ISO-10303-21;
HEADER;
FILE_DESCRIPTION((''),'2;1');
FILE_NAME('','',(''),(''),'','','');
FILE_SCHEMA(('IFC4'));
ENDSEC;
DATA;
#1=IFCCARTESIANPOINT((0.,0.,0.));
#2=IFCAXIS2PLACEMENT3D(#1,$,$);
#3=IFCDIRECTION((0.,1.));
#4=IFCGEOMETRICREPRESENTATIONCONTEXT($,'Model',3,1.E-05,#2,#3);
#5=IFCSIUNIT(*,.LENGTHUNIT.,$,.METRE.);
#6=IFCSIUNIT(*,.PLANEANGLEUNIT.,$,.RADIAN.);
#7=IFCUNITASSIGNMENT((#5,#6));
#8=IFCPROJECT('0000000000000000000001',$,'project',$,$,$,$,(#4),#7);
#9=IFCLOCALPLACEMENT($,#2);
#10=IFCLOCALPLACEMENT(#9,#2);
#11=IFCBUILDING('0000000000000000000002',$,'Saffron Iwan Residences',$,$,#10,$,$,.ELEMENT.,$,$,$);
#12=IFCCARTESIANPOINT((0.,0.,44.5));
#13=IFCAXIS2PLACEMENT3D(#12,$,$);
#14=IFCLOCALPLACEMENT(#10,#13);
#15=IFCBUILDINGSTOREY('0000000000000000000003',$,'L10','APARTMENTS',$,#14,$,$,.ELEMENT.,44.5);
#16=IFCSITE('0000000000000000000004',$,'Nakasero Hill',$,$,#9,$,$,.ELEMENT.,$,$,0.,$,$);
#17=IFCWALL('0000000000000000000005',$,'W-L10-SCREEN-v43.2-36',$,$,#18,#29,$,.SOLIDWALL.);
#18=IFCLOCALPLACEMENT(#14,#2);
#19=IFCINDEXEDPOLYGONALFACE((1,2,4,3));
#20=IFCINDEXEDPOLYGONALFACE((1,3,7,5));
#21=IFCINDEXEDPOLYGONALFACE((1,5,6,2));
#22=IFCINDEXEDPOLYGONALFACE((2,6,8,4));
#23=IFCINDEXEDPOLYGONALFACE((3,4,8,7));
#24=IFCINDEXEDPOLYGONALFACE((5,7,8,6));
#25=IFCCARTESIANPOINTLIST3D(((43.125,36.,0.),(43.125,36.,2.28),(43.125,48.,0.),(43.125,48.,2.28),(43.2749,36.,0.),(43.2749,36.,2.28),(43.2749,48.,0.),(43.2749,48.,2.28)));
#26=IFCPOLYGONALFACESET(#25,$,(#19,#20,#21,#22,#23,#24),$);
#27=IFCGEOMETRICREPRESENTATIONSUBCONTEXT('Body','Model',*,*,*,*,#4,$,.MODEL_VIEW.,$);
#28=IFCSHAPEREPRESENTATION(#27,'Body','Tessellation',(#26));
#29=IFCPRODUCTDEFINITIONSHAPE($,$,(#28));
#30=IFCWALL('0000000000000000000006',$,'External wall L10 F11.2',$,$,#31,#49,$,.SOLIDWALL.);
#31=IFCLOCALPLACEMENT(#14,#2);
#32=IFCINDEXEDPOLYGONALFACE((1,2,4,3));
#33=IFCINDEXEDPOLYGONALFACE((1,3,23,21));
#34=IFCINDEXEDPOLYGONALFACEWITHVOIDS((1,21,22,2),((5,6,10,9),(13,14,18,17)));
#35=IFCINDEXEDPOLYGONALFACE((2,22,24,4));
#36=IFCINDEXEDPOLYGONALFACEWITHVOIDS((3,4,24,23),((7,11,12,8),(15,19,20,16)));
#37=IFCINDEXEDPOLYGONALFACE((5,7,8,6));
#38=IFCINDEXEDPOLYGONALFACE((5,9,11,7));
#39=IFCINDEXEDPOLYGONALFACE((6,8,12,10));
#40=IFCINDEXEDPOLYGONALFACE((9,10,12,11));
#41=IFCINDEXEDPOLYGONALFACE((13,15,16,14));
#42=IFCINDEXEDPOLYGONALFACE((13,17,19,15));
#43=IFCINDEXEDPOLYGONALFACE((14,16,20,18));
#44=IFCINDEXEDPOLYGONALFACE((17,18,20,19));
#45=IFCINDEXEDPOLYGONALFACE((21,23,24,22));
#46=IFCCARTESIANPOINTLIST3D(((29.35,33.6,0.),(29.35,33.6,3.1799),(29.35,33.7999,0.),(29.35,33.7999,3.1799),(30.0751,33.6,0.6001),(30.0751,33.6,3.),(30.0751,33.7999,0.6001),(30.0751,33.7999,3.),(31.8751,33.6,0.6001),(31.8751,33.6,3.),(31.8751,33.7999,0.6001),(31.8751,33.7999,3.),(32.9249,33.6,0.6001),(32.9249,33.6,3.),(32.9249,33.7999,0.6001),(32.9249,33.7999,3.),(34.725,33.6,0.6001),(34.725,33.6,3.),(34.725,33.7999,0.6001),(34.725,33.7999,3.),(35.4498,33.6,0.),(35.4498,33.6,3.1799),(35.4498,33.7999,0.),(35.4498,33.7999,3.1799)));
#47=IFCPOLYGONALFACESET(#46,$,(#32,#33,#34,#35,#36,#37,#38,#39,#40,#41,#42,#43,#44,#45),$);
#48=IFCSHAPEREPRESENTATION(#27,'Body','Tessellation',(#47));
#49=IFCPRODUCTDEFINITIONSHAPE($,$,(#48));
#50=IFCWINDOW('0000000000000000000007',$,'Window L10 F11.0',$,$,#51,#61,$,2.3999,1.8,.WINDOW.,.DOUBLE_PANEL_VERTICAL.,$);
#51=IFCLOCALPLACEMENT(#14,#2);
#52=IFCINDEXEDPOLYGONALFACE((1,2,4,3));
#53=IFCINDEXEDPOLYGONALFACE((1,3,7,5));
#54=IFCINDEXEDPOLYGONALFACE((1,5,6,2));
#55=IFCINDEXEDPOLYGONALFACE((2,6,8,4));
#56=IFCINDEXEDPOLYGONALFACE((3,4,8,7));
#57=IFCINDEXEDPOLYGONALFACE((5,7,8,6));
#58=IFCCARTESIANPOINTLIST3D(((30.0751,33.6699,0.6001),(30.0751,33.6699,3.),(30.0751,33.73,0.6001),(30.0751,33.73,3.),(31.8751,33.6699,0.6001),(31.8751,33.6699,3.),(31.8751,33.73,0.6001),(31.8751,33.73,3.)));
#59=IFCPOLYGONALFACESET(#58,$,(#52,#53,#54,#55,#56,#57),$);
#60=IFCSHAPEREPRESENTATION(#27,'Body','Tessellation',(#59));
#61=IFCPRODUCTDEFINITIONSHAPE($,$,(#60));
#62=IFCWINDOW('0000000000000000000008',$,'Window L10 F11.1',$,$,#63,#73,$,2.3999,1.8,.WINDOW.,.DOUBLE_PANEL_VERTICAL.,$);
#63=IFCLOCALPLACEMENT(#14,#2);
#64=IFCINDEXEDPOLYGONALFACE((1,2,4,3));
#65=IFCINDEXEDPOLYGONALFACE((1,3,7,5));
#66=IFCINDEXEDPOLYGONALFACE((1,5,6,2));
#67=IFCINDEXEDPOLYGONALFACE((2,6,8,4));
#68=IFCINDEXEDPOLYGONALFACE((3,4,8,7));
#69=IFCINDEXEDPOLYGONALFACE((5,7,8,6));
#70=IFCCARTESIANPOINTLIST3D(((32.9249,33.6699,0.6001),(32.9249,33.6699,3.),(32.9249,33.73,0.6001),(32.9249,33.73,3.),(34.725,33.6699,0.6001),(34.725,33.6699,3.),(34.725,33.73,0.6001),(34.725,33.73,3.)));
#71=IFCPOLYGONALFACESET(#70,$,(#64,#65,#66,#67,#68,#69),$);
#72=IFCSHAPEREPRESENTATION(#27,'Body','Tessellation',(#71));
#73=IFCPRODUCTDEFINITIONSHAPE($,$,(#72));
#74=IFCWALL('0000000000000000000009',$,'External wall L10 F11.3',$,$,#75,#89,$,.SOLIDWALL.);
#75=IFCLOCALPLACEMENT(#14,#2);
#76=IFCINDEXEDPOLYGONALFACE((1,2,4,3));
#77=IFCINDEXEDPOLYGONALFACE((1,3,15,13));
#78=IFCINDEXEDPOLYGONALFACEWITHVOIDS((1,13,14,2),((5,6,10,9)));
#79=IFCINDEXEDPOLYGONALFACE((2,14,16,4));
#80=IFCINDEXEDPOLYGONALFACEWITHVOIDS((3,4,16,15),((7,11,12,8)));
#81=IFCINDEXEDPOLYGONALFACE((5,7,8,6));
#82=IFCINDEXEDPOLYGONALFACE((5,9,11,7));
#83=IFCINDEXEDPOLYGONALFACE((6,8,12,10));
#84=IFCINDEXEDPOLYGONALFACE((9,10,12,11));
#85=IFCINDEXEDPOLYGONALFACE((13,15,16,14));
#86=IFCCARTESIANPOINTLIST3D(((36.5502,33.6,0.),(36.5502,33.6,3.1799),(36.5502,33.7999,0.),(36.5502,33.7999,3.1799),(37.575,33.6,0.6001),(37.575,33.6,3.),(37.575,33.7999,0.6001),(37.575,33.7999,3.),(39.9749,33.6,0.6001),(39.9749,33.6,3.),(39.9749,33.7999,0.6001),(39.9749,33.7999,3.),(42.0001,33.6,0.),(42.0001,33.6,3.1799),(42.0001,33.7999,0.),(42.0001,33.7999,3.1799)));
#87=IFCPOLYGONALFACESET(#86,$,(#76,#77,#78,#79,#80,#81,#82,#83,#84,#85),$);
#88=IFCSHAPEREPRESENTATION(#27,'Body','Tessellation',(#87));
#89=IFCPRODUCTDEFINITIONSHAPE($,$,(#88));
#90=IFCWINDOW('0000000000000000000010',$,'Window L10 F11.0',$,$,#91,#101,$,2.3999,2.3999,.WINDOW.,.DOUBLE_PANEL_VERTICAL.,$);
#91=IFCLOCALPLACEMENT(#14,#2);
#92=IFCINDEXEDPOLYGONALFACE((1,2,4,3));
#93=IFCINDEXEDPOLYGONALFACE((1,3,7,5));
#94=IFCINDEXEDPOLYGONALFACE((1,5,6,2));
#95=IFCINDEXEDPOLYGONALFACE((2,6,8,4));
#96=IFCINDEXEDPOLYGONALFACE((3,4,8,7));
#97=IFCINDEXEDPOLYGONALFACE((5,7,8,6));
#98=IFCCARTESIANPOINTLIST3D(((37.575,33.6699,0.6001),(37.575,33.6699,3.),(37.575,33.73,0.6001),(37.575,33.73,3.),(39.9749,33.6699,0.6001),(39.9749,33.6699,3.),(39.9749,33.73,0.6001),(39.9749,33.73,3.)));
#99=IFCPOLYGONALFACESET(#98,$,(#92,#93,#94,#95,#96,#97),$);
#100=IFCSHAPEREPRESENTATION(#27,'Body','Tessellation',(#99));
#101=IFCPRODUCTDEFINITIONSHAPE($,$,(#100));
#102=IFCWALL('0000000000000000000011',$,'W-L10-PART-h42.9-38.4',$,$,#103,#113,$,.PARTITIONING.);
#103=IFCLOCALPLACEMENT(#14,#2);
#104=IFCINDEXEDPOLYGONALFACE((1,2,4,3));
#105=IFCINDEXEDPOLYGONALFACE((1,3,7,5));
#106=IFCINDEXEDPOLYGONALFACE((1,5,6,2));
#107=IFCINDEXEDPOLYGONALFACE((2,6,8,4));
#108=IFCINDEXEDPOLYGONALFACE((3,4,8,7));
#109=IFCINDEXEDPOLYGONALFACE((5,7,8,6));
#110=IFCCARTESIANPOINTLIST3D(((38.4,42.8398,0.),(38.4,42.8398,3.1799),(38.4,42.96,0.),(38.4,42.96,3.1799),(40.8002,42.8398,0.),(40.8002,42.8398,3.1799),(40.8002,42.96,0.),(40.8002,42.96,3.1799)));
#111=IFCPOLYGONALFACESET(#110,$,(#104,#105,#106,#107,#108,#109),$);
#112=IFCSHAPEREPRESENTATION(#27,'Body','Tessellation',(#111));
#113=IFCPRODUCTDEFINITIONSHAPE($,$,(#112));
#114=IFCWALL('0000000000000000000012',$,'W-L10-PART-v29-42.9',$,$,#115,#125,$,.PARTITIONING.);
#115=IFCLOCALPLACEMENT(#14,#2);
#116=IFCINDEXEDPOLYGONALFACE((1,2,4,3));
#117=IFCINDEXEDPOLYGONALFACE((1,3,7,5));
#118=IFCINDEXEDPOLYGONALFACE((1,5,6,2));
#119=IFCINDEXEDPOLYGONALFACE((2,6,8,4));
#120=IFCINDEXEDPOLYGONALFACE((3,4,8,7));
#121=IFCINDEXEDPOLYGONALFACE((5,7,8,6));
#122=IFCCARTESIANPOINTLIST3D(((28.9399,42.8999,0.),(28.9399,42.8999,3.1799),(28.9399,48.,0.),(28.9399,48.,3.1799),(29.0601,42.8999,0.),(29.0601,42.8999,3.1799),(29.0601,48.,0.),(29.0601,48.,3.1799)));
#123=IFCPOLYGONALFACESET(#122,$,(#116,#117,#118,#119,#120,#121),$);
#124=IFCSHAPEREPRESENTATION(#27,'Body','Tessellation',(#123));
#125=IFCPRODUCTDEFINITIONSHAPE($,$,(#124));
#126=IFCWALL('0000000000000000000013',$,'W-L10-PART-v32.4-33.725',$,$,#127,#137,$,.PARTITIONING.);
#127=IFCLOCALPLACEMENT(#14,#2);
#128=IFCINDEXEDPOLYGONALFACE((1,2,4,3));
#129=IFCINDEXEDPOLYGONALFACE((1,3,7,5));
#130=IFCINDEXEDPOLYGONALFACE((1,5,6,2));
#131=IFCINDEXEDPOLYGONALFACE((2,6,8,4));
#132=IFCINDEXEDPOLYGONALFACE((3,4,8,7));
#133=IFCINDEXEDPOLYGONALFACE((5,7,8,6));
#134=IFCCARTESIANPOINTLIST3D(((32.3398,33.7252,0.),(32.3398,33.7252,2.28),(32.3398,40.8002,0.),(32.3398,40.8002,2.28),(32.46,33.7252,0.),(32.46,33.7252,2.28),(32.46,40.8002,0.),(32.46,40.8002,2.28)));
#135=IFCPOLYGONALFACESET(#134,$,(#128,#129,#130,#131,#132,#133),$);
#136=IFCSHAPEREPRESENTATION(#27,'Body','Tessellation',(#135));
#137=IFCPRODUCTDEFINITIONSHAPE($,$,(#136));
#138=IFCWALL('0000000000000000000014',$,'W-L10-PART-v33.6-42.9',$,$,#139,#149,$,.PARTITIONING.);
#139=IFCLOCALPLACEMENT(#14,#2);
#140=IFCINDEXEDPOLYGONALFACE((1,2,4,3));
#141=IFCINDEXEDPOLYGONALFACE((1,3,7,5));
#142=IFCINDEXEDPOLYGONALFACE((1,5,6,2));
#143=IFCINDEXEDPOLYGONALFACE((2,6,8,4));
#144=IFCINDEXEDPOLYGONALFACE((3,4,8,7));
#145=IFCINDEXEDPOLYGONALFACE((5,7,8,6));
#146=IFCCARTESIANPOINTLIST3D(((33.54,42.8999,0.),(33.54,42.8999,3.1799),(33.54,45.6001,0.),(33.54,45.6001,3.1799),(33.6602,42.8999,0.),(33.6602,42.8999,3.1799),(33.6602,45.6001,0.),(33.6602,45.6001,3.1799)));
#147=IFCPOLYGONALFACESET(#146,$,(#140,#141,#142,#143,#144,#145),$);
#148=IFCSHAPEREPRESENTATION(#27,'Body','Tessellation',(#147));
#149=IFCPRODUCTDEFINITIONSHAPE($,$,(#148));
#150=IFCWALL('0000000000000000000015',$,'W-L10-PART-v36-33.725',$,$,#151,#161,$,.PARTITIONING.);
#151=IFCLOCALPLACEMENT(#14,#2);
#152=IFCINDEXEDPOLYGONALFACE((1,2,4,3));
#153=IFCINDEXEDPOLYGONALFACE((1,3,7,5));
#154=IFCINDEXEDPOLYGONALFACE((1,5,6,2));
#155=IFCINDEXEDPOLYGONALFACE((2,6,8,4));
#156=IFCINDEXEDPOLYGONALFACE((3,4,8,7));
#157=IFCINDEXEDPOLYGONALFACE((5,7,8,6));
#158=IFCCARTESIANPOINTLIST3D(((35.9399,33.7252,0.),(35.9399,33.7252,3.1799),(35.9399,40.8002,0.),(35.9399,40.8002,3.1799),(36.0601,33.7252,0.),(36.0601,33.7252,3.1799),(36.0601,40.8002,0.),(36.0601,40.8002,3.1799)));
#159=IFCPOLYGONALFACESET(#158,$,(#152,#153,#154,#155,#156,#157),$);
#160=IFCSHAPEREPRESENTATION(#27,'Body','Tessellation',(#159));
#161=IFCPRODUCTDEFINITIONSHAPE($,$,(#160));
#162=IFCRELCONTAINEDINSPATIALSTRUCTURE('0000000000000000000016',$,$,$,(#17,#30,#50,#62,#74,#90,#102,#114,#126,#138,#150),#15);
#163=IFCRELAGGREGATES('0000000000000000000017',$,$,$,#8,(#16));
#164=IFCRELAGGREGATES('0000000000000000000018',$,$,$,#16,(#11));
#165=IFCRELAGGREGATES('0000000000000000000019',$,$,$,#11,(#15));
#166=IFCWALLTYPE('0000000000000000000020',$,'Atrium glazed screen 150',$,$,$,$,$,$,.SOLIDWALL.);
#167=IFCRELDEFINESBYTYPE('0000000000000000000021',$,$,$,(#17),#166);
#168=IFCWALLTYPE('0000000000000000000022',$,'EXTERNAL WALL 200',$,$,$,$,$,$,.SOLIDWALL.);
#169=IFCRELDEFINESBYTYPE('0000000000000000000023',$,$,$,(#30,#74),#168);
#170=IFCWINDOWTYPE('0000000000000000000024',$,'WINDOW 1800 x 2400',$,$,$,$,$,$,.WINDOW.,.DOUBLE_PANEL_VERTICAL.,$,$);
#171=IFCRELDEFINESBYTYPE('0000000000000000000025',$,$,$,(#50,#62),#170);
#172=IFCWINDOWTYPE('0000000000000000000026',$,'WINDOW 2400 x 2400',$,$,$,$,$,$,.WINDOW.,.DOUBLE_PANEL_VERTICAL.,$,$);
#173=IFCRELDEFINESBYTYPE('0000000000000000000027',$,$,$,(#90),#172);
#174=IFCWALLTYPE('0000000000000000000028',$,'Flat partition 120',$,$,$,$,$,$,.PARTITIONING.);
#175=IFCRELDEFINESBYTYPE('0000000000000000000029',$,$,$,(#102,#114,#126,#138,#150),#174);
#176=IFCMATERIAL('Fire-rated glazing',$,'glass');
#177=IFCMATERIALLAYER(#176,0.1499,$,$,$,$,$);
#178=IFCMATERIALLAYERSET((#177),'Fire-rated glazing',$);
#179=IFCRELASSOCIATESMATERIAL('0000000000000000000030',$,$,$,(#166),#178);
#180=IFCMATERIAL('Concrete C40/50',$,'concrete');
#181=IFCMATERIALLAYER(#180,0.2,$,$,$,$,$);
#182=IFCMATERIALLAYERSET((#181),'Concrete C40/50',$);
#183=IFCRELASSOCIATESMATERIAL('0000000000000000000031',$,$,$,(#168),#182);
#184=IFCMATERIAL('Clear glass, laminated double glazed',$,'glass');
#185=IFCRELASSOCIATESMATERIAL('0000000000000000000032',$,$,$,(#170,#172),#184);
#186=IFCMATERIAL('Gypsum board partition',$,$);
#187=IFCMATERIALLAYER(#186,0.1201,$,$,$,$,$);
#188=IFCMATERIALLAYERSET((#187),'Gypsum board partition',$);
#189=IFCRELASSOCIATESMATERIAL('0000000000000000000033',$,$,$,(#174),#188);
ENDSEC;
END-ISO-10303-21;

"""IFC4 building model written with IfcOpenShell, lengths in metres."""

from ifc_helpers import new_model, si_unit, direction, frame, frame_2d, origin, place, context, subcontext, project, spatial, rectangle, extrude, material, layer, layer_set, type_object, element, fill, save


model = new_model("IFC4")

# Units and contexts
model_context = context("Model", 3, precision=1e-05, world=origin(), true_north=direction((0.0, 1.0)))
body_context = subcontext(model_context, "Body", "Model", "MODEL_VIEW")
ifc_project = project(units=[si_unit("LENGTHUNIT", "METRE"), si_unit("PLANEANGLEUNIT", "RADIAN")], contexts=[model_context])

# Site, building, storey
site_placement = place(None, origin())
site = spatial("IfcSite", under=ifc_project, at=site_placement, Name="Nakasero Hill", CompositionType="ELEMENT", RefElevation=0.0)
building_placement = place(site_placement, origin())
building = spatial("IfcBuilding", under=site, at=building_placement, Name="Saffron Iwan Residences", CompositionType="ELEMENT")
storey_placement = place(building_placement, frame((0.0, 0.0, 44.5)))
storey = spatial("IfcBuildingStorey", under=building, at=storey_placement, Name="L10", Description="APARTMENTS", CompositionType="ELEMENT", Elevation=44.5)

# Shared definitions
ifc_material_1 = material(Name="Clear glass, laminated double glazed", Category="glass")

# Wall
ifc_material_2 = material(Name="Fire-rated glazing", Category="glass")
ifc_layer_1 = layer(ifc_material_2, 0.1499)
ifc_layer_set_1 = layer_set([ifc_layer_1], Name="Fire-rated glazing")
wall_type_1 = type_object("IfcWallType", Name="Atrium glazed screen 150", PredefinedType="SOLIDWALL", material=ifc_layer_set_1)
wall_1_placement = place(storey_placement, frame((43.2, 36.0, 0.0), z_axis=(0.0, 0.0, 1.0), x_axis=(0.0, 1.0, 0.0)))
element("IfcWall", 1, at=wall_1_placement, inside=storey, type_object=wall_type_1, Name="W-L10-SCREEN-v43.2-36", PredefinedType="SOLIDWALL", context=body_context, shape_type="SweptSolid", body=[
    extrude(rectangle(XDim=12.0, YDim=0.1499, at=frame_2d((6.0, 0.0))), origin(), (0.0, 0.0, 1.0), 2.28),
])

# Wall, openings, windows
ifc_material_3 = material(Name="Concrete C40/50", Category="concrete")
ifc_layer_2 = layer(ifc_material_3, 0.2)
ifc_layer_set_2 = layer_set([ifc_layer_2], Name="Concrete C40/50")
wall_type_2 = type_object("IfcWallType", Name="EXTERNAL WALL 200", PredefinedType="SOLIDWALL", material=ifc_layer_set_2)
wall_2_placement = place(storey_placement, frame((29.3501, 33.7, 0.0), z_axis=(0.0, 0.0, 1.0), x_axis=(1.0, 0.0, 0.0)))
wall_2 = element("IfcWall", 2, at=wall_2_placement, inside=storey, type_object=wall_type_2, Name="External wall L10 F11.2", PredefinedType="SOLIDWALL", context=body_context, shape_type="SweptSolid", body=[
    extrude(rectangle(XDim=6.0999, YDim=0.2, at=frame_2d((3.0498, 0.0))), origin(), (0.0, 0.0, 1.0), 3.1799),
])
opening_1_placement = place(wall_2_placement, frame((0.7251, 0.0, 0.6001)))
opening_1 = element("IfcOpeningElement", 3, at=opening_1_placement, cuts=wall_2, PredefinedType="OPENING", context=body_context, shape_type="SweptSolid", body=[
    extrude(rectangle(XDim=1.8, YDim=2.3999, at=frame_2d((0.8999, 1.2))), frame((0.0, 0.1099, 0.0), z_axis=(0.0, -1.0, 0.0), x_axis=(1.0, 0.0, 0.0)), (0.0, 0.0, 1.0), 0.22),
])
opening_2_placement = place(wall_2_placement, frame((3.575, 0.0, 0.6001)))
opening_2 = element("IfcOpeningElement", 4, at=opening_2_placement, cuts=wall_2, PredefinedType="OPENING", context=body_context, shape_type="SweptSolid", body=[
    extrude(rectangle(XDim=1.8, YDim=2.3999, at=frame_2d((0.8999, 1.2))), frame((0.0, 0.1099, 0.0), z_axis=(0.0, -1.0, 0.0), x_axis=(1.0, 0.0, 0.0)), (0.0, 0.0, 1.0), 0.22),
])
window_type_1 = type_object("IfcWindowType", Name="WINDOW 1800 x 2400", PartitioningType="DOUBLE_PANEL_VERTICAL", PredefinedType="WINDOW", material=ifc_material_1)
window_1_placement = place(opening_1_placement, origin())
window_1 = element("IfcWindow", 5, at=window_1_placement, inside=storey, type_object=window_type_1, Name="Window L10 F11.0", OverallHeight=2.3999, OverallWidth=1.8, PartitioningType="DOUBLE_PANEL_VERTICAL", PredefinedType="WINDOW", context=body_context, shape_type="SweptSolid", body=[
    extrude(rectangle(XDim=1.8, YDim=2.3999, at=frame_2d((0.8999, 1.2))), frame((0.0, 0.03, 0.0), z_axis=(0.0, -1.0, 0.0), x_axis=(1.0, 0.0, 0.0)), (0.0, 0.0, 1.0), 0.0601),
])
fill(opening_1, window_1)
window_2_placement = place(opening_2_placement, origin())
window_2 = element("IfcWindow", 6, at=window_2_placement, inside=storey, type_object=window_type_1, Name="Window L10 F11.1", OverallHeight=2.3999, OverallWidth=1.8, PartitioningType="DOUBLE_PANEL_VERTICAL", PredefinedType="WINDOW", context=body_context, shape_type="SweptSolid", body=[
    extrude(rectangle(XDim=1.8, YDim=2.3999, at=frame_2d((0.8999, 1.2))), frame((0.0, 0.03, 0.0), z_axis=(0.0, -1.0, 0.0), x_axis=(1.0, 0.0, 0.0)), (0.0, 0.0, 1.0), 0.0601),
])
fill(opening_2, window_2)

# Wall, opening, window
wall_3_placement = place(storey_placement, frame((36.55, 33.7, 0.0), z_axis=(0.0, 0.0, 1.0), x_axis=(1.0, 0.0, 0.0)))
wall_3 = element("IfcWall", 7, at=wall_3_placement, inside=storey, type_object=wall_type_2, Name="External wall L10 F11.3", PredefinedType="SOLIDWALL", context=body_context, shape_type="SweptSolid", body=[
    extrude(rectangle(XDim=5.45, YDim=0.2, at=frame_2d((2.7251, 0.0))), origin(), (0.0, 0.0, 1.0), 3.1799),
])
opening_3_placement = place(wall_3_placement, frame((1.0249, 0.0, 0.6001)))
opening_3 = element("IfcOpeningElement", 8, at=opening_3_placement, cuts=wall_3, PredefinedType="OPENING", context=body_context, shape_type="SweptSolid", body=[
    extrude(rectangle(XDim=2.3999, YDim=2.3999, at=frame_2d((1.2, 1.2))), frame((0.0, 0.1099, 0.0), z_axis=(0.0, -1.0, 0.0), x_axis=(1.0, 0.0, 0.0)), (0.0, 0.0, 1.0), 0.22),
])
window_type_2 = type_object("IfcWindowType", Name="WINDOW 2400 x 2400", PartitioningType="DOUBLE_PANEL_VERTICAL", PredefinedType="WINDOW", material=ifc_material_1)
window_3_placement = place(opening_3_placement, origin())
window_3 = element("IfcWindow", 9, at=window_3_placement, inside=storey, type_object=window_type_2, Name="Window L10 F11.0", OverallHeight=2.3999, OverallWidth=2.3999, PartitioningType="DOUBLE_PANEL_VERTICAL", PredefinedType="WINDOW", context=body_context, shape_type="SweptSolid", body=[
    extrude(rectangle(XDim=2.3999, YDim=2.3999, at=frame_2d((1.2, 1.2))), frame((0.0, 0.03, 0.0), z_axis=(0.0, -1.0, 0.0), x_axis=(1.0, 0.0, 0.0)), (0.0, 0.0, 1.0), 0.0601),
])
fill(opening_3, window_3)

# Walls
ifc_material_4 = material(Name="Gypsum board partition")
ifc_layer_3 = layer(ifc_material_4, 0.1201)
ifc_layer_set_3 = layer_set([ifc_layer_3], Name="Gypsum board partition")
wall_type_3 = type_object("IfcWallType", Name="Flat partition 120", PredefinedType="PARTITIONING", material=ifc_layer_set_3)
wall_4_placement = place(storey_placement, frame((38.3999, 42.8999, 0.0), z_axis=(0.0, 0.0, 1.0), x_axis=(1.0, 0.0, 0.0)))
element("IfcWall", 10, at=wall_4_placement, inside=storey, type_object=wall_type_3, Name="W-L10-PART-h42.9-38.4", PredefinedType="PARTITIONING", context=body_context, shape_type="SweptSolid", body=[
    extrude(rectangle(XDim=2.4001, YDim=0.1201, at=frame_2d((1.2002, 0.0))), origin(), (0.0, 0.0, 1.0), 3.1799),
])
wall_5_placement = place(storey_placement, frame((29.0, 42.8999, 0.0), z_axis=(0.0, 0.0, 1.0), x_axis=(0.0, 1.0, 0.0)))
element("IfcWall", 11, at=wall_5_placement, inside=storey, type_object=wall_type_3, Name="W-L10-PART-v29-42.9", PredefinedType="PARTITIONING", context=body_context, shape_type="SweptSolid", body=[
    extrude(rectangle(XDim=5.1001, YDim=0.1201, at=frame_2d((2.55, 0.0))), origin(), (0.0, 0.0, 1.0), 3.1799),
])
wall_6_placement = place(storey_placement, frame((32.3999, 33.7251, 0.0), z_axis=(0.0, 0.0, 1.0), x_axis=(0.0, 1.0, 0.0)))
element("IfcWall", 12, at=wall_6_placement, inside=storey, type_object=wall_type_3, Name="W-L10-PART-v32.4-33.725", PredefinedType="PARTITIONING", context=body_context, shape_type="SweptSolid", body=[
    extrude(rectangle(XDim=7.075, YDim=0.1201, at=frame_2d((3.5376, 0.0))), origin(), (0.0, 0.0, 1.0), 2.28),
])
wall_7_placement = place(storey_placement, frame((33.6001, 42.8999, 0.0), z_axis=(0.0, 0.0, 1.0), x_axis=(0.0, 1.0, 0.0)))
element("IfcWall", 13, at=wall_7_placement, inside=storey, type_object=wall_type_3, Name="W-L10-PART-v33.6-42.9", PredefinedType="PARTITIONING", context=body_context, shape_type="SweptSolid", body=[
    extrude(rectangle(XDim=2.7002, YDim=0.1201, at=frame_2d((1.3501, 0.0))), origin(), (0.0, 0.0, 1.0), 3.1799),
])
wall_8_placement = place(storey_placement, frame((36.0, 33.7251, 0.0), z_axis=(0.0, 0.0, 1.0), x_axis=(0.0, 1.0, 0.0)))
element("IfcWall", 14, at=wall_8_placement, inside=storey, type_object=wall_type_3, Name="W-L10-PART-v36-33.725", PredefinedType="PARTITIONING", context=body_context, shape_type="SweptSolid", body=[
    extrude(rectangle(XDim=7.075, YDim=0.1201, at=frame_2d((3.5376, 0.0))), origin(), (0.0, 0.0, 1.0), 3.1799),
])

save(model, "model.ifc")
